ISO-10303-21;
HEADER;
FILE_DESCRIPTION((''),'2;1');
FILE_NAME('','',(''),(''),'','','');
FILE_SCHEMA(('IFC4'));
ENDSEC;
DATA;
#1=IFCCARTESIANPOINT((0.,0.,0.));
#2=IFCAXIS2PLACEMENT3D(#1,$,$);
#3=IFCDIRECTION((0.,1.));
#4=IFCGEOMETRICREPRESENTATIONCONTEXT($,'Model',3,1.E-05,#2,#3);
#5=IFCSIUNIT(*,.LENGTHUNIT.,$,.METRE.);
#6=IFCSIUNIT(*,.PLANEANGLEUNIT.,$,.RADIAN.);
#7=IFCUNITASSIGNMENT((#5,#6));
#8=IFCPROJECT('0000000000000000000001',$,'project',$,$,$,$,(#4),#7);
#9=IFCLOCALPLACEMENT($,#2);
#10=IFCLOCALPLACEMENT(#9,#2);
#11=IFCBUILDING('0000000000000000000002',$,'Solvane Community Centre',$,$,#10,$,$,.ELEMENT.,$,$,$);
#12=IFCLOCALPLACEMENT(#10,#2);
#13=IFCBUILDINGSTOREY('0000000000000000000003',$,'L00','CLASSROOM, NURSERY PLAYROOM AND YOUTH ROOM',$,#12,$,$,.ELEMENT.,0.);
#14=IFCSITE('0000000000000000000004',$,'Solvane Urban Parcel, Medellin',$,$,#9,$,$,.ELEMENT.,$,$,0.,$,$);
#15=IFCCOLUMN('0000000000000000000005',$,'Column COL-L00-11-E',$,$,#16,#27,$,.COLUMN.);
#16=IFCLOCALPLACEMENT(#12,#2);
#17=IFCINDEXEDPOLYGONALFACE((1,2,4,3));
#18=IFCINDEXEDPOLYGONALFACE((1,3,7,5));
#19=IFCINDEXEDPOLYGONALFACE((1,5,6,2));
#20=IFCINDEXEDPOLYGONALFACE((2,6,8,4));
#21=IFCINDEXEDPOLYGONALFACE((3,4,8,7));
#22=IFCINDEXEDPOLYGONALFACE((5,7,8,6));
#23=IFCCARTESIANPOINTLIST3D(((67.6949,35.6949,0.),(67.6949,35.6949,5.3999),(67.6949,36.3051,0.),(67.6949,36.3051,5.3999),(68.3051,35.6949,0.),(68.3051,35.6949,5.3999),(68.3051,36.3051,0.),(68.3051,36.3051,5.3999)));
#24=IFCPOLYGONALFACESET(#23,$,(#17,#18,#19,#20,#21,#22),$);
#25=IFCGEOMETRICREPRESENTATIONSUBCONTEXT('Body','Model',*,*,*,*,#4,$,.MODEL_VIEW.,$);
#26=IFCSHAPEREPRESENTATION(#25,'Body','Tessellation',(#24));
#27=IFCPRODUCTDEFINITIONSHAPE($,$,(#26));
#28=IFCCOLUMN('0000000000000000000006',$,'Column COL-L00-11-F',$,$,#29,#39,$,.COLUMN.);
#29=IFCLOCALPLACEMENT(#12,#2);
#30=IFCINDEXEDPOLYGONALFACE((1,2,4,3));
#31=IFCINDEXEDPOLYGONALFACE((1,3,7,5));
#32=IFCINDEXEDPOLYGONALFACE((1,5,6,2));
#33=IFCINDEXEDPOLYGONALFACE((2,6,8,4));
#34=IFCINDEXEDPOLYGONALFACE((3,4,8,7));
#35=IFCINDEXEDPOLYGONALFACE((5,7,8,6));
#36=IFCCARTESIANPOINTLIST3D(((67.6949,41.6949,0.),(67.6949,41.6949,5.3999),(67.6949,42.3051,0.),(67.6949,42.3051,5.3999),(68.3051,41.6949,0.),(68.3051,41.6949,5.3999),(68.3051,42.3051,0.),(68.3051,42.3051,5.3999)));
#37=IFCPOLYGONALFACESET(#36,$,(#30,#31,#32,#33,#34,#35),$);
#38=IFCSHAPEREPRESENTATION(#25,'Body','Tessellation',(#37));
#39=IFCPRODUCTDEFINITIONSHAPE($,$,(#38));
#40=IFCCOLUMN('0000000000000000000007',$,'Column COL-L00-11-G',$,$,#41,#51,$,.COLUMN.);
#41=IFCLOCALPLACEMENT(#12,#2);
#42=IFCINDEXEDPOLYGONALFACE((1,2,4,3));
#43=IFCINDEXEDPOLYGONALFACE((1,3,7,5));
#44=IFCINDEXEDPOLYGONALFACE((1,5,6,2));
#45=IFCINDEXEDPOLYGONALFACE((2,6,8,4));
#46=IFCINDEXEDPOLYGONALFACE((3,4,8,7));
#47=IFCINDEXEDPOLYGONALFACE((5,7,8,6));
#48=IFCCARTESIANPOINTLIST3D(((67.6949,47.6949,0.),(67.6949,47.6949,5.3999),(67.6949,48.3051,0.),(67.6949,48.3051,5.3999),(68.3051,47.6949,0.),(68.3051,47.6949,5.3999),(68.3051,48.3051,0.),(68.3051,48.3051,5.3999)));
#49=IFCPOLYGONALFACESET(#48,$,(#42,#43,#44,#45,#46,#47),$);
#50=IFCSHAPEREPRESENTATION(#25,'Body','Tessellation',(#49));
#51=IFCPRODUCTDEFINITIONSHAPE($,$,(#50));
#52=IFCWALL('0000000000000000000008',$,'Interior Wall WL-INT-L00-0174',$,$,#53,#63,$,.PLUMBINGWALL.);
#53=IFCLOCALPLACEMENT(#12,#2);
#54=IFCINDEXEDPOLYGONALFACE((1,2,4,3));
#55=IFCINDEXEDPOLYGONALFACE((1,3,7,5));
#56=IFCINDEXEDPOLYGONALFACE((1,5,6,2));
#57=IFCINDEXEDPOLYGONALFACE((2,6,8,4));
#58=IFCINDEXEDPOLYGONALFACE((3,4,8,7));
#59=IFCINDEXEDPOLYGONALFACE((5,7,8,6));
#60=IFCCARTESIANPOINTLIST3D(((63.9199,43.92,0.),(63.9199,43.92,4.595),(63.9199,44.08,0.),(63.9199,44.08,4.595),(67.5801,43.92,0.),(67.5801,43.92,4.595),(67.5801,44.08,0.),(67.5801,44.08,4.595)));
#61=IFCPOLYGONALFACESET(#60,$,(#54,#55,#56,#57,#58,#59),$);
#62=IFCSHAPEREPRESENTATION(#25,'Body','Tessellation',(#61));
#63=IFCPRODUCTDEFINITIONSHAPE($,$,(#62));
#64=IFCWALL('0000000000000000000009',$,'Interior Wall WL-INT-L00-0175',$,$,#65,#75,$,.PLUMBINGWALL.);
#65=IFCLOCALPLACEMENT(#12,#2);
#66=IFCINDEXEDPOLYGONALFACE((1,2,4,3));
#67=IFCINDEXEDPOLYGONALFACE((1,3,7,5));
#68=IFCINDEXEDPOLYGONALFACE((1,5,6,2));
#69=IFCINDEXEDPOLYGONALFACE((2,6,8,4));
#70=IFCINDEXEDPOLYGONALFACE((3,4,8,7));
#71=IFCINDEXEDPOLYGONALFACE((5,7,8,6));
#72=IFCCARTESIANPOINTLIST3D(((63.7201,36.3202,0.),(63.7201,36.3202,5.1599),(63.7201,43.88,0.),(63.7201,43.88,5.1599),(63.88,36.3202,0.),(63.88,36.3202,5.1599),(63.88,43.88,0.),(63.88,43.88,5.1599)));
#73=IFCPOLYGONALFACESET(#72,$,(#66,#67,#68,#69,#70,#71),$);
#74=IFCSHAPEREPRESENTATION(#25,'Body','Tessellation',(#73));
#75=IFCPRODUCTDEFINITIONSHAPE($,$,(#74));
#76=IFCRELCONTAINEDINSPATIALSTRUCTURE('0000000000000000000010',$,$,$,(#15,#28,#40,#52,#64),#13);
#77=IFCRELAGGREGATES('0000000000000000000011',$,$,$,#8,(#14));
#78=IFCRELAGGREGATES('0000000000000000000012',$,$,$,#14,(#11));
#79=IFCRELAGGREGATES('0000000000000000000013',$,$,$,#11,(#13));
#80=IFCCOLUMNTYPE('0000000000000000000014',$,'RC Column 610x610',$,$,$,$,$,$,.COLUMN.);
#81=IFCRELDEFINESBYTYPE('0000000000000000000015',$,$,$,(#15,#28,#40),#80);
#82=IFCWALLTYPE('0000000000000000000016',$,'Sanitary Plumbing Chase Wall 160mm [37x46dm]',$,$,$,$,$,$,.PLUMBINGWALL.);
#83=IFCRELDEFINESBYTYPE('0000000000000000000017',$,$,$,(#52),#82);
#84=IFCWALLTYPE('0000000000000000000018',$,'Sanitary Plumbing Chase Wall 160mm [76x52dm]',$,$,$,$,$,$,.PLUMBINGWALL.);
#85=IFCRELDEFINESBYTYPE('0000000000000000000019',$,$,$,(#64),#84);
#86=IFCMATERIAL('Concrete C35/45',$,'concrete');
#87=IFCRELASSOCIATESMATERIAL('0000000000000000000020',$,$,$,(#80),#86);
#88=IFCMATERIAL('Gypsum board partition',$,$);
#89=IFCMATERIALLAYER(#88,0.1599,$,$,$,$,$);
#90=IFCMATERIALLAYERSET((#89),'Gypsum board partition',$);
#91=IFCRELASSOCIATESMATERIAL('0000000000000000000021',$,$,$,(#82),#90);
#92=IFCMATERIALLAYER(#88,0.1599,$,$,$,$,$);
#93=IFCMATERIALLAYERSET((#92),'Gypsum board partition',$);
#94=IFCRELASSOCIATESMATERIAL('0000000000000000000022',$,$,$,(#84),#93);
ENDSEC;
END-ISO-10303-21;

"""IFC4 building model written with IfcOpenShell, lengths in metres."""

from ifc_helpers import new_model, si_unit, direction, frame, frame_2d, origin, origin_2d, place, context, subcontext, project, spatial, rectangle, extrude, material, layer, layer_set, material_profile, profile_set, type_object, element, save


model = new_model("IFC4")

# Units and contexts
model_context = context("Model", 3, precision=1e-05, world=origin(), true_north=direction((0.0, 1.0)))
body_context = subcontext(model_context, "Body", "Model", "MODEL_VIEW")
ifc_project = project(units=[si_unit("LENGTHUNIT", "METRE"), si_unit("PLANEANGLEUNIT", "RADIAN")], contexts=[model_context])

# Site, building, storey
site_placement = place(None, origin())
site = spatial("IfcSite", under=ifc_project, at=site_placement, Name="Solvane Urban Parcel, Medellin", CompositionType="ELEMENT", RefElevation=0.0)
building_placement = place(site_placement, origin())
building = spatial("IfcBuilding", under=site, at=building_placement, Name="Solvane Community Centre", CompositionType="ELEMENT")
storey_placement = place(building_placement, origin())
storey = spatial("IfcBuildingStorey", under=building, at=storey_placement, Name="L00", Description="CLASSROOM, NURSERY PLAYROOM AND YOUTH ROOM", CompositionType="ELEMENT", Elevation=0.0)

# Columns
ifc_material_1 = material(Name="Concrete C35/45", Category="concrete")
ifc_material_profile_1 = material_profile(ifc_material_1, rectangle(XDim=0.6101, YDim=0.6101, at=origin_2d()), Name="RC 610x610")
ifc_profile_set_1 = profile_set([ifc_material_profile_1], Name="Concrete C35/45")
column_type = type_object("IfcColumnType", Name="RC Column 610x610", PredefinedType="COLUMN", material=ifc_profile_set_1)
for number, where, z_axis, x_axis, name in (
    (1, (68.0, 36.0, 0.0), (0.0, 0.0, 1.0), (1.0, 0.0, 0.0), "Column COL-L00-11-E"),
    (2, (68.0, 42.0, 0.0), (0.0, 0.0, 1.0), (1.0, 0.0, 0.0), "Column COL-L00-11-F"),
    (3, (68.0, 48.0, 0.0), (0.0, 0.0, 1.0), (1.0, 0.0, 0.0), "Column COL-L00-11-G"),
):
    element("IfcColumn", number, at=place(storey_placement, frame(where, z_axis=z_axis, x_axis=x_axis)), inside=storey, type_object=column_type, Name=name, PredefinedType="COLUMN", context=body_context, shape_type="SweptSolid", body=[
        extrude(rectangle(XDim=0.6101, YDim=0.6101, at=origin_2d()), origin(), (0.0, 0.0, 1.0), 5.3999),
    ])

# Shared definitions
ifc_material_2 = material(Name="Gypsum board partition")

# Walls
ifc_layer_1 = layer(ifc_material_2, 0.1599)
ifc_layer_set_1 = layer_set([ifc_layer_1], Name="Gypsum board partition")
wall_type_1 = type_object("IfcWallType", Name="Sanitary Plumbing Chase Wall 160mm [37x46dm]", PredefinedType="PLUMBINGWALL", material=ifc_layer_set_1)
wall_1_placement = place(storey_placement, frame((67.5801, 44.0, 0.0), z_axis=(0.0, 0.0, 1.0), x_axis=(-1.0, 0.0, 0.0)))
element("IfcWall", 4, at=wall_1_placement, inside=storey, type_object=wall_type_1, Name="Interior Wall WL-INT-L00-0174", PredefinedType="PLUMBINGWALL", context=body_context, shape_type="SweptSolid", body=[
    extrude(rectangle(XDim=3.6602, YDim=0.1599, at=frame_2d((1.8301, 0.0))), origin(), (0.0, 0.0, 1.0), 4.595),
])
ifc_layer_2 = layer(ifc_material_2, 0.1599)
ifc_layer_set_2 = layer_set([ifc_layer_2], Name="Gypsum board partition")
wall_type_2 = type_object("IfcWallType", Name="Sanitary Plumbing Chase Wall 160mm [76x52dm]", PredefinedType="PLUMBINGWALL", material=ifc_layer_set_2)
wall_2_placement = place(storey_placement, frame((63.8, 43.8799, 0.0), z_axis=(0.0, 0.0, 1.0), x_axis=(0.0, -1.0, 0.0)))
element("IfcWall", 5, at=wall_2_placement, inside=storey, type_object=wall_type_2, Name="Interior Wall WL-INT-L00-0175", PredefinedType="PLUMBINGWALL", context=body_context, shape_type="SweptSolid", body=[
    extrude(rectangle(XDim=7.5598, YDim=0.1599, at=frame_2d((3.7798, 0.0))), origin(), (0.0, 0.0, 1.0), 5.1599),
])

save(model, "model.ifc")
